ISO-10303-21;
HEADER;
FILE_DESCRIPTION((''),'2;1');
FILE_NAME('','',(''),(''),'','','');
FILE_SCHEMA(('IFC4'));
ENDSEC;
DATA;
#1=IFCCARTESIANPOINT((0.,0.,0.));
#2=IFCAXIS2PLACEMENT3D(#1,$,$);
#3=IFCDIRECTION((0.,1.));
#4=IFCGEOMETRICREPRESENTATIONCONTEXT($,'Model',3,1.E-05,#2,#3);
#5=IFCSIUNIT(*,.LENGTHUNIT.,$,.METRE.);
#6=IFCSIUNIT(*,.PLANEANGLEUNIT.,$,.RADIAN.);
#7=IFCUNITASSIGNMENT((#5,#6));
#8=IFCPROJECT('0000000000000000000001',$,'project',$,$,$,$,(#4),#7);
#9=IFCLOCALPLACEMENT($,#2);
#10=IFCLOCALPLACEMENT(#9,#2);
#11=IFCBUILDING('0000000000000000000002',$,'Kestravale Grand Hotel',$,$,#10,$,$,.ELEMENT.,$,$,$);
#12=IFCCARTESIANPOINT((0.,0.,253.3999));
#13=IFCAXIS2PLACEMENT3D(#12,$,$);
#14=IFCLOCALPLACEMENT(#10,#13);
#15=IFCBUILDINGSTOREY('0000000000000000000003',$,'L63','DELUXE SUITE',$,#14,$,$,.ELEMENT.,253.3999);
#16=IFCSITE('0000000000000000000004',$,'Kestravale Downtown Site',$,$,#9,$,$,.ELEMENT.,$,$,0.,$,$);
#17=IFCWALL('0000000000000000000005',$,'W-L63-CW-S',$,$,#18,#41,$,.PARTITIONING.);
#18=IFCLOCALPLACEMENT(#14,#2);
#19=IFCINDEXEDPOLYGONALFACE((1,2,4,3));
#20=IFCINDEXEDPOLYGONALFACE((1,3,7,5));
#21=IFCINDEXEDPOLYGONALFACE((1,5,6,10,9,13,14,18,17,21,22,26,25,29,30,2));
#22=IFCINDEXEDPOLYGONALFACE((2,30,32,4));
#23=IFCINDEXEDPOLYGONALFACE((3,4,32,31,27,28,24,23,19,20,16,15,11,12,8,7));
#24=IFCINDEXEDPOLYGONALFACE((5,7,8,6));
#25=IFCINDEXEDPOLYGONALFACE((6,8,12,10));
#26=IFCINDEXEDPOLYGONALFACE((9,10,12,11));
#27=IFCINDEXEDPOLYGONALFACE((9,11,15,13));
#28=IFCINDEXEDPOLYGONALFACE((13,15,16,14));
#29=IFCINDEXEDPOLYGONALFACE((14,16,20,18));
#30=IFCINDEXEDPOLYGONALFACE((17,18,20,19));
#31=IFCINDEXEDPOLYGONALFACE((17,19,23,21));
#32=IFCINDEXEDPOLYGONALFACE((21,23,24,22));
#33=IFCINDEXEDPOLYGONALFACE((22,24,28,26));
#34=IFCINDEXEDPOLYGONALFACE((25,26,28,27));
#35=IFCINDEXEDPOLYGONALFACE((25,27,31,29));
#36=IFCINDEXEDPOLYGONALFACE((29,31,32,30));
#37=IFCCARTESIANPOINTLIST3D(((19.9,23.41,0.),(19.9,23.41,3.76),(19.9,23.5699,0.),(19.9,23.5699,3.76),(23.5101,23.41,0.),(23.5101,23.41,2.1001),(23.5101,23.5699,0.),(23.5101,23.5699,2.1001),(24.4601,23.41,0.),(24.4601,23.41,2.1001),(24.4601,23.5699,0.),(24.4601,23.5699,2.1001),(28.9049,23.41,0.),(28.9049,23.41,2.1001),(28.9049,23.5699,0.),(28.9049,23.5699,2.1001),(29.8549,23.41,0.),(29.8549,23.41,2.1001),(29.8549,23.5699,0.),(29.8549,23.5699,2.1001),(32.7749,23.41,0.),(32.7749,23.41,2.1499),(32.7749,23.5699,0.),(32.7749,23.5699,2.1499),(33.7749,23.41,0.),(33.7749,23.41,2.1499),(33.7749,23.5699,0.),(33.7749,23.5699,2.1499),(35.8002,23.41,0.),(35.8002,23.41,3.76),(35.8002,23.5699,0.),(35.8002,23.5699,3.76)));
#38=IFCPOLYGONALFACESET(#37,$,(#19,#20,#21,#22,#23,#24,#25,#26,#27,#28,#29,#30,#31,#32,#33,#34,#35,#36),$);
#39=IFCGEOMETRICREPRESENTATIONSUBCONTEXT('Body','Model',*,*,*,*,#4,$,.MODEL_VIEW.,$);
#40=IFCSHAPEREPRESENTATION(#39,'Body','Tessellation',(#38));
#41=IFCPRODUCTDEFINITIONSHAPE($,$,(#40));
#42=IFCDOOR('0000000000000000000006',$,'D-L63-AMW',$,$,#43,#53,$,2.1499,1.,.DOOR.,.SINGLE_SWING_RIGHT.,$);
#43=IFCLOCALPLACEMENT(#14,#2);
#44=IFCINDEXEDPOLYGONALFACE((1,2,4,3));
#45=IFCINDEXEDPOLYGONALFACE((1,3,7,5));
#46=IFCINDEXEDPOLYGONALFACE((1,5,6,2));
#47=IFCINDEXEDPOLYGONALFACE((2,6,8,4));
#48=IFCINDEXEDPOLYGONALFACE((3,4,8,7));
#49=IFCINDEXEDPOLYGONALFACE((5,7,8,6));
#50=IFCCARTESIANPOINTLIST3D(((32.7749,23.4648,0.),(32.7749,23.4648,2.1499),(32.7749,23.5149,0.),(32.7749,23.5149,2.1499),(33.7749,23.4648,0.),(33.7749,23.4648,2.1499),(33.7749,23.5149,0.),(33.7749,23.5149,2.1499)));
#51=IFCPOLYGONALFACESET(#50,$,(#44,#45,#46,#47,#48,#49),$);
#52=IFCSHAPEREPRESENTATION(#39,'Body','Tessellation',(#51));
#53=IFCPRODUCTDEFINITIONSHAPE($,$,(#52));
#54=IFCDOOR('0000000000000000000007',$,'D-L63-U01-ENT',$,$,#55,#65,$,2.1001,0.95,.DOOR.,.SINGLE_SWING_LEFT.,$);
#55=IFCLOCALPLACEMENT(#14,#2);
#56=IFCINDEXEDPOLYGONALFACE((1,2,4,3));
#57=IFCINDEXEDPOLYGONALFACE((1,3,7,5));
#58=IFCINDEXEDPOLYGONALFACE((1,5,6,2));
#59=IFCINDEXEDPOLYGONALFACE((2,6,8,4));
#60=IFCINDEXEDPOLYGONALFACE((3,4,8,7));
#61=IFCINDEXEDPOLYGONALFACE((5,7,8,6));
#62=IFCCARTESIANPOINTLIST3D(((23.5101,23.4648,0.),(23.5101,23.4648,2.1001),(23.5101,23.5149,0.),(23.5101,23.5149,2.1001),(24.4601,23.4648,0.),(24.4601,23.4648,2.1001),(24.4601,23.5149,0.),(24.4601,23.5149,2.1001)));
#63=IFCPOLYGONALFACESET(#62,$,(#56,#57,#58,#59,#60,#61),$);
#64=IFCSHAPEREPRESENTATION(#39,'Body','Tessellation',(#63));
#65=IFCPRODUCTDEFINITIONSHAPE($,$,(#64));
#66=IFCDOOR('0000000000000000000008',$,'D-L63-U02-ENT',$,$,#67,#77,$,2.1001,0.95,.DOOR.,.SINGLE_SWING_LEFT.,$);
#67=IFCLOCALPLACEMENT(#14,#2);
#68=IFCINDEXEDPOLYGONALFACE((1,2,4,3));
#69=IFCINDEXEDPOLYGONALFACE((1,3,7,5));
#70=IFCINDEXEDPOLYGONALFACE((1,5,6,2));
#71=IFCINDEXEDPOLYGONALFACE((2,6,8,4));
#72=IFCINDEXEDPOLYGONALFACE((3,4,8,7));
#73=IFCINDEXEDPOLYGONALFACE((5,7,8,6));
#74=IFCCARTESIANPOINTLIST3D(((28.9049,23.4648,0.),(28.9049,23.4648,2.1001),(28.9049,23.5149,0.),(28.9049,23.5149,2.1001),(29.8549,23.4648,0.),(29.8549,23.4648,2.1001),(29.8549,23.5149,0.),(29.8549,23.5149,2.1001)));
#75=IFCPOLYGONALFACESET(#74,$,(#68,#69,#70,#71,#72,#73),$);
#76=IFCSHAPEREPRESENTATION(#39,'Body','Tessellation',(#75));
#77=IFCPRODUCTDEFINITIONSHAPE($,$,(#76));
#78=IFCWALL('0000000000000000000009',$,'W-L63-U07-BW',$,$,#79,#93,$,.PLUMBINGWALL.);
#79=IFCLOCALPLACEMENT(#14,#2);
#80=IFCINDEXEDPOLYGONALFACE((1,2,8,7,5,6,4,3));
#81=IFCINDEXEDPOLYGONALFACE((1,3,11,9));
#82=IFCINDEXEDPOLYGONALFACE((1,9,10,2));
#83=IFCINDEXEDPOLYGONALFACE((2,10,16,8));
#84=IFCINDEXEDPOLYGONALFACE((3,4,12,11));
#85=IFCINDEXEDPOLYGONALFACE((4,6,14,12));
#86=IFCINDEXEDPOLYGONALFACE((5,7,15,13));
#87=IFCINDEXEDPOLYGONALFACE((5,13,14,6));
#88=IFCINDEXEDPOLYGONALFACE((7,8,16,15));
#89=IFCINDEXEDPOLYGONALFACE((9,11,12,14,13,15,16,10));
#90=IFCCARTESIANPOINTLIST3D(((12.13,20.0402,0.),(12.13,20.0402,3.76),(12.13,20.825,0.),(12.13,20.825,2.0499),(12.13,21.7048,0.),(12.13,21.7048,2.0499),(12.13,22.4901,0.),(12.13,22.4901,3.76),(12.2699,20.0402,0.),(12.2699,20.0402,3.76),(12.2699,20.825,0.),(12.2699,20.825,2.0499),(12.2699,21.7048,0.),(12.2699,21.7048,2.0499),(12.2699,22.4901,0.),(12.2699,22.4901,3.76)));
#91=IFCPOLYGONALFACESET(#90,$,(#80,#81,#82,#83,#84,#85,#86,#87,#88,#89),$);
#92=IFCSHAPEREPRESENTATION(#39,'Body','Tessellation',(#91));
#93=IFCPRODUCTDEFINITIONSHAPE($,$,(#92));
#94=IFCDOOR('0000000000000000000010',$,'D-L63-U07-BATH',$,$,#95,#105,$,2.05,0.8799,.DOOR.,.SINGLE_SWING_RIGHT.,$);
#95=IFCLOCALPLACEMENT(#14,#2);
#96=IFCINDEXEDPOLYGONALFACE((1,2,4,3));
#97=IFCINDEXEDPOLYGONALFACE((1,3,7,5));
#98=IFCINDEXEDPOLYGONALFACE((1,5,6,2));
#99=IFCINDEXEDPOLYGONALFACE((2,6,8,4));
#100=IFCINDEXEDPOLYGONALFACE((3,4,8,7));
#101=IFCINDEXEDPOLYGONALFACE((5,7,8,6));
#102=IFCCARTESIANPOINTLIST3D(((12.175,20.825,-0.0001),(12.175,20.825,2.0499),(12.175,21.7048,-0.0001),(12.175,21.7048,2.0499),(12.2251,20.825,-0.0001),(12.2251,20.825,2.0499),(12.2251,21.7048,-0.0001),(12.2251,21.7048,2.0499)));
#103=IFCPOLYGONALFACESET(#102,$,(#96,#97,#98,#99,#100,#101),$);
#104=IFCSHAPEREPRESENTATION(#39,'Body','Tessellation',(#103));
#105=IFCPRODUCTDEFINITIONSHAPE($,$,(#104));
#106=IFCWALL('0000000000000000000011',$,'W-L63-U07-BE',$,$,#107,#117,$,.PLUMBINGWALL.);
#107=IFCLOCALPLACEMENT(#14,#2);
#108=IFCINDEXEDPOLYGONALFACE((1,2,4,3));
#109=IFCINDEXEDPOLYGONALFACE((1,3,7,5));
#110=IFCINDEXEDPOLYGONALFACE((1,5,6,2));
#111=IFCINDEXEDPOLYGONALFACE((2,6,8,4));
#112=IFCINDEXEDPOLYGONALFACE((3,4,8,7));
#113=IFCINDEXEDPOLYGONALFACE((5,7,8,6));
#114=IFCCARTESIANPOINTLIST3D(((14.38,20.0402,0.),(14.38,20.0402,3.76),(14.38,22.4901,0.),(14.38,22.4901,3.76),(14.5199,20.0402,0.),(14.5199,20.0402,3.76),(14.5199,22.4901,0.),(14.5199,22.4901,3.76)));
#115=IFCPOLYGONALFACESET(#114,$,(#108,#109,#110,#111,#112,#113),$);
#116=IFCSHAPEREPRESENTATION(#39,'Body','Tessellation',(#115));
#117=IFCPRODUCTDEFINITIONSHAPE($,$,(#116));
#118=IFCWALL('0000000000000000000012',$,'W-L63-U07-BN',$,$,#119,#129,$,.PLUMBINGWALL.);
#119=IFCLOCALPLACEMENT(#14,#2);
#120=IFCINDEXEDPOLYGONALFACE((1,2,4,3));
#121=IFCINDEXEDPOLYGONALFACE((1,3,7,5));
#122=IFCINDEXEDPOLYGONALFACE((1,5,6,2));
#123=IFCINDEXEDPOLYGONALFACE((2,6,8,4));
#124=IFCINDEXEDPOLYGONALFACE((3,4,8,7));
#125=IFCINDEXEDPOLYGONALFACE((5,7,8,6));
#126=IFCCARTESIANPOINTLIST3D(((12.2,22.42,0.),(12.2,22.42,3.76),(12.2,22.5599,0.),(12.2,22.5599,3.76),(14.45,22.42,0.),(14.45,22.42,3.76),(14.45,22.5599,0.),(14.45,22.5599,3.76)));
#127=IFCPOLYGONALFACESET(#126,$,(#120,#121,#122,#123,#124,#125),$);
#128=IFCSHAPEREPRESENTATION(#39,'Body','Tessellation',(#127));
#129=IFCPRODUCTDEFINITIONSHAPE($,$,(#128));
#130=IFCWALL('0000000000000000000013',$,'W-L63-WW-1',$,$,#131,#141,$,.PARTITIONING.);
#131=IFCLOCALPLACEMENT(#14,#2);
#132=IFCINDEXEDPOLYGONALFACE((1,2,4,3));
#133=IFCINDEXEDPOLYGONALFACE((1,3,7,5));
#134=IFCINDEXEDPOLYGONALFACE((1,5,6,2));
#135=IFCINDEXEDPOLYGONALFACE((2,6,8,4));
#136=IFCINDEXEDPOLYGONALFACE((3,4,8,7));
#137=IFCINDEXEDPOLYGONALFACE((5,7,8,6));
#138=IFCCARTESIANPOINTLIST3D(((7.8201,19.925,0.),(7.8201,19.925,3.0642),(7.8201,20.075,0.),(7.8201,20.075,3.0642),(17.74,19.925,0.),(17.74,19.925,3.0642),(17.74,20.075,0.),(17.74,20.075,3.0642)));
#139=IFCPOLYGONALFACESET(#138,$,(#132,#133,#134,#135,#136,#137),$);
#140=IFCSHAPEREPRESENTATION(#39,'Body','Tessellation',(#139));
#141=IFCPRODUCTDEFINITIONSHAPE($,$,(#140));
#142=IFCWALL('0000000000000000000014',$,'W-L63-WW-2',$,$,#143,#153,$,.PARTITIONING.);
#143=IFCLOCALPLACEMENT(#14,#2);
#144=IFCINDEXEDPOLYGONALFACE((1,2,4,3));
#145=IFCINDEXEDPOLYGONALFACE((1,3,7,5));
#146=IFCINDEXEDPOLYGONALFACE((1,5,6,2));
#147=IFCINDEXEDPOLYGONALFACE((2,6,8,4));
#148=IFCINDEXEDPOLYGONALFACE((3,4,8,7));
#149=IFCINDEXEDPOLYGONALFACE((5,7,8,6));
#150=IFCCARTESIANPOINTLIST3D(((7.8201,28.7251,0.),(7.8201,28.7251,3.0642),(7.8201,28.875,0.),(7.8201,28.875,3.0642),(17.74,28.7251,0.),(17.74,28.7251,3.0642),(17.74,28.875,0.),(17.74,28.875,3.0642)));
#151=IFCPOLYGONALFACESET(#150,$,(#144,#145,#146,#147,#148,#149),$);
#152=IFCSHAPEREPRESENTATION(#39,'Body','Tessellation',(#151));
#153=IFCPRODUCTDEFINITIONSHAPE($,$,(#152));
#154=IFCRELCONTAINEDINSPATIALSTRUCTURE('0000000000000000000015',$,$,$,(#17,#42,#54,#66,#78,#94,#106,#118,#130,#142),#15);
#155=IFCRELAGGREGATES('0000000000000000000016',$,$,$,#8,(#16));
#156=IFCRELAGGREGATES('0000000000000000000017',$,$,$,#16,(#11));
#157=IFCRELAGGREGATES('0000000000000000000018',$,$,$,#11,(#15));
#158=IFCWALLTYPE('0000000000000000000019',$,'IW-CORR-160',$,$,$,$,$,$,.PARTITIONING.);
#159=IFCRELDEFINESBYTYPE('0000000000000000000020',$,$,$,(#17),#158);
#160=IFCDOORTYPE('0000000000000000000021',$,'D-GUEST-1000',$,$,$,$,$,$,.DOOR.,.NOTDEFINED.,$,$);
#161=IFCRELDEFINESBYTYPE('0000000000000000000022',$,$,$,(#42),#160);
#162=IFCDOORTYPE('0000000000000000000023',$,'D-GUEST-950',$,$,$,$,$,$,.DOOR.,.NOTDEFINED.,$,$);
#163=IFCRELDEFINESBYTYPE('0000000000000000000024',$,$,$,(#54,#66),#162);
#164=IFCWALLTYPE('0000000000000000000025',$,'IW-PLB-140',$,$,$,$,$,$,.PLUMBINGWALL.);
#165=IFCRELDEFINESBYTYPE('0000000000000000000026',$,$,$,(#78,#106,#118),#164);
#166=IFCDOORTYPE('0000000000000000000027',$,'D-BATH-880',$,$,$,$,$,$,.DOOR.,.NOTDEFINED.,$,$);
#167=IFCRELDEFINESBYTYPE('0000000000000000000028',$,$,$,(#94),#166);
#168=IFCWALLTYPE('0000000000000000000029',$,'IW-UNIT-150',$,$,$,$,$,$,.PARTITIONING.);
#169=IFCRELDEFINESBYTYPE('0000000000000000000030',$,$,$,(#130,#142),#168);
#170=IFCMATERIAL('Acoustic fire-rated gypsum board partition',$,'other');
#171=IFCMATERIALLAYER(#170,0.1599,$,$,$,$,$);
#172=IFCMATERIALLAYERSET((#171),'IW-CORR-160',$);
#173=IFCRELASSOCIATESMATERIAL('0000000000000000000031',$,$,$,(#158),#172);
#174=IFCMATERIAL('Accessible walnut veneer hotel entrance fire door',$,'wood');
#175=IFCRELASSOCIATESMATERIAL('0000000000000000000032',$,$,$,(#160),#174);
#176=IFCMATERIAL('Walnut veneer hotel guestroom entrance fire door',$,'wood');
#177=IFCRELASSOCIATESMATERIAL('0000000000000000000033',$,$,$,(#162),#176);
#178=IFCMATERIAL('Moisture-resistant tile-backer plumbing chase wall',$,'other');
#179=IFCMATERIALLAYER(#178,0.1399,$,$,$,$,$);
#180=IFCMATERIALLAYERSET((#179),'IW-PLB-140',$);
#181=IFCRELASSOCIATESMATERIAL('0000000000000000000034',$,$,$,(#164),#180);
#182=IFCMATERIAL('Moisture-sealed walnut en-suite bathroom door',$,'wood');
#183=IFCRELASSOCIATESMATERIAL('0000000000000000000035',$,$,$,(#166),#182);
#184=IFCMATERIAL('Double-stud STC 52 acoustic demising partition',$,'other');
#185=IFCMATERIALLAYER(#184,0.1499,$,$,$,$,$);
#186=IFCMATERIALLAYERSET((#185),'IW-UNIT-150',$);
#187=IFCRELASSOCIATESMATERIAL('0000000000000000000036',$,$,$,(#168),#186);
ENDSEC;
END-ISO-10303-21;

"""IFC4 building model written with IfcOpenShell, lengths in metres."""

from ifc_helpers import new_model, si_unit, direction, frame, frame_2d, origin, place, context, subcontext, project, spatial, rectangle, extrude, material, layer, layer_set, type_object, element, fill, save


model = new_model("IFC4")

# Units and contexts
model_context = context("Model", 3, precision=1e-05, world=origin(), true_north=direction((0.0, 1.0)))
body_context = subcontext(model_context, "Body", "Model", "MODEL_VIEW")
ifc_project = project(units=[si_unit("LENGTHUNIT", "METRE"), si_unit("PLANEANGLEUNIT", "RADIAN")], contexts=[model_context])

# Site, building, storey
site_placement = place(None, origin())
site = spatial("IfcSite", under=ifc_project, at=site_placement, Name="Kestravale Downtown Site", CompositionType="ELEMENT", RefElevation=0.0)
building_placement = place(site_placement, origin())
building = spatial("IfcBuilding", under=site, at=building_placement, Name="Kestravale Grand Hotel", CompositionType="ELEMENT")
storey_placement = place(building_placement, frame((0.0, 0.0, 253.3999)))
storey = spatial("IfcBuildingStorey", under=building, at=storey_placement, Name="L63", Description="DELUXE SUITE", CompositionType="ELEMENT", Elevation=253.3999)

# Shared definitions
ifc_material_1 = material(Name="Acoustic fire-rated gypsum board partition", Category="other")
ifc_layer_1 = layer(ifc_material_1, 0.1599)
ifc_layer_set_1 = layer_set([ifc_layer_1], Name="IW-CORR-160")
wall_type_1 = type_object("IfcWallType", Name="IW-CORR-160", PredefinedType="PARTITIONING", material=ifc_layer_set_1)
ifc_material_2 = material(Name="Accessible walnut veneer hotel entrance fire door", Category="wood")
door_type_1 = type_object("IfcDoorType", Name="D-GUEST-1000", OperationType="NOTDEFINED", PredefinedType="DOOR", material=ifc_material_2)

# Wall, openings, doors
wall_1_placement = place(storey_placement, frame((19.8999, 23.49, 0.0), z_axis=(0.0, 0.0, 1.0), x_axis=(1.0, 0.0, 0.0)))
wall_1 = element("IfcWall", 1, at=wall_1_placement, inside=storey, type_object=wall_type_1, Name="W-L63-CW-S", PredefinedType="PARTITIONING", context=body_context, shape_type="SweptSolid", body=[
    extrude(rectangle(XDim=15.9001, YDim=0.1599, at=frame_2d((7.9502, 0.0))), origin(), (0.0, 0.0, 1.0), 3.76),
])
opening_1_placement = place(wall_1_placement, frame((3.6101, 0.0, 0.0)))
opening_1 = element("IfcOpeningElement", 2, at=opening_1_placement, cuts=wall_1, PredefinedType="OPENING", context=body_context, shape_type="SweptSolid", body=[
    extrude(rectangle(XDim=0.95, YDim=2.1001, at=frame_2d((0.4751, 1.05))), frame((0.0, 0.0898, 0.0), z_axis=(0.0, -1.0, 0.0), x_axis=(1.0, 0.0, 0.0)), (0.0, 0.0, 1.0), 0.1799),
])
opening_2_placement = place(wall_1_placement, frame((9.0049, 0.0, 0.0)))
opening_2 = element("IfcOpeningElement", 3, at=opening_2_placement, cuts=wall_1, PredefinedType="OPENING", context=body_context, shape_type="SweptSolid", body=[
    extrude(rectangle(XDim=0.95, YDim=2.1001, at=frame_2d((0.4751, 1.05))), frame((0.0, 0.0898, 0.0), z_axis=(0.0, -1.0, 0.0), x_axis=(1.0, 0.0, 0.0)), (0.0, 0.0, 1.0), 0.1799),
])
opening_3_placement = place(wall_1_placement, frame((12.875, 0.0, 0.0)))
opening_3 = element("IfcOpeningElement", 4, at=opening_3_placement, cuts=wall_1, PredefinedType="OPENING", context=body_context, shape_type="SweptSolid", body=[
    extrude(rectangle(XDim=1.0, YDim=2.1499, at=frame_2d((0.5, 1.075))), frame((0.0, 0.0898, 0.0), z_axis=(0.0, -1.0, 0.0), x_axis=(1.0, 0.0, 0.0)), (0.0, 0.0, 1.0), 0.1799),
])
door_1_placement = place(opening_3_placement, origin())
door_1 = element("IfcDoor", 5, at=door_1_placement, inside=storey, type_object=door_type_1, Name="D-L63-AMW", OperationType="SINGLE_SWING_RIGHT", OverallHeight=2.1499, OverallWidth=1.0, PredefinedType="DOOR", context=body_context, shape_type="SweptSolid", body=[
    extrude(rectangle(XDim=1.0, YDim=2.1499, at=frame_2d((0.5, 1.075))), frame((0.0, 0.0249, 0.0), z_axis=(0.0, -1.0, 0.0), x_axis=(1.0, 0.0, 0.0)), (0.0, 0.0, 1.0), 0.05),
])
fill(opening_3, door_1)
ifc_material_3 = material(Name="Walnut veneer hotel guestroom entrance fire door", Category="wood")
door_type_2 = type_object("IfcDoorType", Name="D-GUEST-950", OperationType="NOTDEFINED", PredefinedType="DOOR", material=ifc_material_3)
door_2_placement = place(opening_1_placement, origin())
door_2 = element("IfcDoor", 6, at=door_2_placement, inside=storey, type_object=door_type_2, Name="D-L63-U01-ENT", OperationType="SINGLE_SWING_LEFT", OverallHeight=2.1001, OverallWidth=0.95, PredefinedType="DOOR", context=body_context, shape_type="SweptSolid", body=[
    extrude(rectangle(XDim=0.95, YDim=2.1001, at=frame_2d((0.4751, 1.05))), frame((0.0, 0.0249, 0.0), z_axis=(0.0, -1.0, 0.0), x_axis=(1.0, 0.0, 0.0)), (0.0, 0.0, 1.0), 0.05),
])
fill(opening_1, door_2)
door_3_placement = place(opening_2_placement, origin())
door_3 = element("IfcDoor", 7, at=door_3_placement, inside=storey, type_object=door_type_2, Name="D-L63-U02-ENT", OperationType="SINGLE_SWING_LEFT", OverallHeight=2.1001, OverallWidth=0.95, PredefinedType="DOOR", context=body_context, shape_type="SweptSolid", body=[
    extrude(rectangle(XDim=0.95, YDim=2.1001, at=frame_2d((0.4751, 1.05))), frame((0.0, 0.0249, 0.0), z_axis=(0.0, -1.0, 0.0), x_axis=(1.0, 0.0, 0.0)), (0.0, 0.0, 1.0), 0.05),
])
fill(opening_2, door_3)

# Wall, opening, door
ifc_material_4 = material(Name="Moisture-resistant tile-backer plumbing chase wall", Category="other")
ifc_layer_2 = layer(ifc_material_4, 0.1399)
ifc_layer_set_2 = layer_set([ifc_layer_2], Name="IW-PLB-140")
wall_type_2 = type_object("IfcWallType", Name="IW-PLB-140", PredefinedType="PLUMBINGWALL", material=ifc_layer_set_2)
wall_2_placement = place(storey_placement, frame((12.2, 20.04, 0.0), z_axis=(0.0, 0.0, 1.0), x_axis=(0.0, 1.0, 0.0)))
wall_2 = element("IfcWall", 8, at=wall_2_placement, inside=storey, type_object=wall_type_2, Name="W-L63-U07-BW", PredefinedType="PLUMBINGWALL", context=body_context, shape_type="SweptSolid", body=[
    extrude(rectangle(XDim=2.45, YDim=0.1399, at=frame_2d((1.2251, 0.0))), origin(), (0.0, 0.0, 1.0), 3.76),
])
opening_4_placement = place(wall_2_placement, frame((0.7849, 0.0, 0.0)))
opening_4 = element("IfcOpeningElement", 9, at=opening_4_placement, cuts=wall_2, PredefinedType="OPENING", context=body_context, shape_type="SweptSolid", body=[
    extrude(rectangle(XDim=0.8799, YDim=2.05, at=frame_2d((0.4399, 1.0249))), frame((0.0, 0.0798, 0.0), z_axis=(0.0, -1.0, 0.0), x_axis=(1.0, 0.0, 0.0)), (0.0, 0.0, 1.0), 0.1599),
])
ifc_material_5 = material(Name="Moisture-sealed walnut en-suite bathroom door", Category="wood")
door_type_3 = type_object("IfcDoorType", Name="D-BATH-880", OperationType="NOTDEFINED", PredefinedType="DOOR", material=ifc_material_5)
door_4_placement = place(opening_4_placement, origin())
door_4 = element("IfcDoor", 10, at=door_4_placement, inside=storey, type_object=door_type_3, Name="D-L63-U07-BATH", OperationType="SINGLE_SWING_RIGHT", OverallHeight=2.05, OverallWidth=0.8799, PredefinedType="DOOR", context=body_context, shape_type="SweptSolid", body=[
    extrude(rectangle(XDim=0.8799, YDim=2.05, at=frame_2d((0.4399, 1.0249))), frame((0.0, 0.0249, 0.0), z_axis=(0.0, -1.0, 0.0), x_axis=(1.0, 0.0, 0.0)), (0.0, 0.0, 1.0), 0.05),
])
fill(opening_4, door_4)

# Walls
wall_3_placement = place(storey_placement, frame((14.45, 20.04, 0.0), z_axis=(0.0, 0.0, 1.0), x_axis=(0.0, 1.0, 0.0)))
element("IfcWall", 11, at=wall_3_placement, inside=storey, type_object=wall_type_2, Name="W-L63-U07-BE", PredefinedType="PLUMBINGWALL", context=body_context, shape_type="SweptSolid", body=[
    extrude(rectangle(XDim=2.45, YDim=0.1399, at=frame_2d((1.2251, 0.0))), origin(), (0.0, 0.0, 1.0), 3.76),
])
wall_4_placement = place(storey_placement, frame((12.2, 22.49, 0.0), z_axis=(0.0, 0.0, 1.0), x_axis=(1.0, 0.0, 0.0)))
element("IfcWall", 12, at=wall_4_placement, inside=storey, type_object=wall_type_2, Name="W-L63-U07-BN", PredefinedType="PLUMBINGWALL", context=body_context, shape_type="SweptSolid", body=[
    extrude(rectangle(XDim=2.25, YDim=0.1399, at=frame_2d((1.125, 0.0))), origin(), (0.0, 0.0, 1.0), 3.76),
])
ifc_material_6 = material(Name="Double-stud STC 52 acoustic demising partition", Category="other")
ifc_layer_3 = layer(ifc_material_6, 0.1499)
ifc_layer_set_3 = layer_set([ifc_layer_3], Name="IW-UNIT-150")
wall_type_3 = type_object("IfcWallType", Name="IW-UNIT-150", PredefinedType="PARTITIONING", material=ifc_layer_set_3)
for number, where, z_axis, x_axis, name in (
    (13, (7.8201, 20.0, 0.0), (0.0, 0.0, 1.0), (1.0, 0.0, 0.0), "W-L63-WW-1"),
    (14, (7.8201, 28.8, 0.0), (0.0, 0.0, 1.0), (1.0, 0.0, 0.0), "W-L63-WW-2"),
):
    element("IfcWall", number, at=place(storey_placement, frame(where, z_axis=z_axis, x_axis=x_axis)), inside=storey, type_object=wall_type_3, Name=name, PredefinedType="PARTITIONING", context=body_context, shape_type="SweptSolid", body=[
        extrude(rectangle(XDim=9.9199, YDim=0.1499, at=frame_2d((4.96, 0.0))), origin(), (0.0, 0.0, 1.0), 3.0642),
    ])

save(model, "model.ifc")
